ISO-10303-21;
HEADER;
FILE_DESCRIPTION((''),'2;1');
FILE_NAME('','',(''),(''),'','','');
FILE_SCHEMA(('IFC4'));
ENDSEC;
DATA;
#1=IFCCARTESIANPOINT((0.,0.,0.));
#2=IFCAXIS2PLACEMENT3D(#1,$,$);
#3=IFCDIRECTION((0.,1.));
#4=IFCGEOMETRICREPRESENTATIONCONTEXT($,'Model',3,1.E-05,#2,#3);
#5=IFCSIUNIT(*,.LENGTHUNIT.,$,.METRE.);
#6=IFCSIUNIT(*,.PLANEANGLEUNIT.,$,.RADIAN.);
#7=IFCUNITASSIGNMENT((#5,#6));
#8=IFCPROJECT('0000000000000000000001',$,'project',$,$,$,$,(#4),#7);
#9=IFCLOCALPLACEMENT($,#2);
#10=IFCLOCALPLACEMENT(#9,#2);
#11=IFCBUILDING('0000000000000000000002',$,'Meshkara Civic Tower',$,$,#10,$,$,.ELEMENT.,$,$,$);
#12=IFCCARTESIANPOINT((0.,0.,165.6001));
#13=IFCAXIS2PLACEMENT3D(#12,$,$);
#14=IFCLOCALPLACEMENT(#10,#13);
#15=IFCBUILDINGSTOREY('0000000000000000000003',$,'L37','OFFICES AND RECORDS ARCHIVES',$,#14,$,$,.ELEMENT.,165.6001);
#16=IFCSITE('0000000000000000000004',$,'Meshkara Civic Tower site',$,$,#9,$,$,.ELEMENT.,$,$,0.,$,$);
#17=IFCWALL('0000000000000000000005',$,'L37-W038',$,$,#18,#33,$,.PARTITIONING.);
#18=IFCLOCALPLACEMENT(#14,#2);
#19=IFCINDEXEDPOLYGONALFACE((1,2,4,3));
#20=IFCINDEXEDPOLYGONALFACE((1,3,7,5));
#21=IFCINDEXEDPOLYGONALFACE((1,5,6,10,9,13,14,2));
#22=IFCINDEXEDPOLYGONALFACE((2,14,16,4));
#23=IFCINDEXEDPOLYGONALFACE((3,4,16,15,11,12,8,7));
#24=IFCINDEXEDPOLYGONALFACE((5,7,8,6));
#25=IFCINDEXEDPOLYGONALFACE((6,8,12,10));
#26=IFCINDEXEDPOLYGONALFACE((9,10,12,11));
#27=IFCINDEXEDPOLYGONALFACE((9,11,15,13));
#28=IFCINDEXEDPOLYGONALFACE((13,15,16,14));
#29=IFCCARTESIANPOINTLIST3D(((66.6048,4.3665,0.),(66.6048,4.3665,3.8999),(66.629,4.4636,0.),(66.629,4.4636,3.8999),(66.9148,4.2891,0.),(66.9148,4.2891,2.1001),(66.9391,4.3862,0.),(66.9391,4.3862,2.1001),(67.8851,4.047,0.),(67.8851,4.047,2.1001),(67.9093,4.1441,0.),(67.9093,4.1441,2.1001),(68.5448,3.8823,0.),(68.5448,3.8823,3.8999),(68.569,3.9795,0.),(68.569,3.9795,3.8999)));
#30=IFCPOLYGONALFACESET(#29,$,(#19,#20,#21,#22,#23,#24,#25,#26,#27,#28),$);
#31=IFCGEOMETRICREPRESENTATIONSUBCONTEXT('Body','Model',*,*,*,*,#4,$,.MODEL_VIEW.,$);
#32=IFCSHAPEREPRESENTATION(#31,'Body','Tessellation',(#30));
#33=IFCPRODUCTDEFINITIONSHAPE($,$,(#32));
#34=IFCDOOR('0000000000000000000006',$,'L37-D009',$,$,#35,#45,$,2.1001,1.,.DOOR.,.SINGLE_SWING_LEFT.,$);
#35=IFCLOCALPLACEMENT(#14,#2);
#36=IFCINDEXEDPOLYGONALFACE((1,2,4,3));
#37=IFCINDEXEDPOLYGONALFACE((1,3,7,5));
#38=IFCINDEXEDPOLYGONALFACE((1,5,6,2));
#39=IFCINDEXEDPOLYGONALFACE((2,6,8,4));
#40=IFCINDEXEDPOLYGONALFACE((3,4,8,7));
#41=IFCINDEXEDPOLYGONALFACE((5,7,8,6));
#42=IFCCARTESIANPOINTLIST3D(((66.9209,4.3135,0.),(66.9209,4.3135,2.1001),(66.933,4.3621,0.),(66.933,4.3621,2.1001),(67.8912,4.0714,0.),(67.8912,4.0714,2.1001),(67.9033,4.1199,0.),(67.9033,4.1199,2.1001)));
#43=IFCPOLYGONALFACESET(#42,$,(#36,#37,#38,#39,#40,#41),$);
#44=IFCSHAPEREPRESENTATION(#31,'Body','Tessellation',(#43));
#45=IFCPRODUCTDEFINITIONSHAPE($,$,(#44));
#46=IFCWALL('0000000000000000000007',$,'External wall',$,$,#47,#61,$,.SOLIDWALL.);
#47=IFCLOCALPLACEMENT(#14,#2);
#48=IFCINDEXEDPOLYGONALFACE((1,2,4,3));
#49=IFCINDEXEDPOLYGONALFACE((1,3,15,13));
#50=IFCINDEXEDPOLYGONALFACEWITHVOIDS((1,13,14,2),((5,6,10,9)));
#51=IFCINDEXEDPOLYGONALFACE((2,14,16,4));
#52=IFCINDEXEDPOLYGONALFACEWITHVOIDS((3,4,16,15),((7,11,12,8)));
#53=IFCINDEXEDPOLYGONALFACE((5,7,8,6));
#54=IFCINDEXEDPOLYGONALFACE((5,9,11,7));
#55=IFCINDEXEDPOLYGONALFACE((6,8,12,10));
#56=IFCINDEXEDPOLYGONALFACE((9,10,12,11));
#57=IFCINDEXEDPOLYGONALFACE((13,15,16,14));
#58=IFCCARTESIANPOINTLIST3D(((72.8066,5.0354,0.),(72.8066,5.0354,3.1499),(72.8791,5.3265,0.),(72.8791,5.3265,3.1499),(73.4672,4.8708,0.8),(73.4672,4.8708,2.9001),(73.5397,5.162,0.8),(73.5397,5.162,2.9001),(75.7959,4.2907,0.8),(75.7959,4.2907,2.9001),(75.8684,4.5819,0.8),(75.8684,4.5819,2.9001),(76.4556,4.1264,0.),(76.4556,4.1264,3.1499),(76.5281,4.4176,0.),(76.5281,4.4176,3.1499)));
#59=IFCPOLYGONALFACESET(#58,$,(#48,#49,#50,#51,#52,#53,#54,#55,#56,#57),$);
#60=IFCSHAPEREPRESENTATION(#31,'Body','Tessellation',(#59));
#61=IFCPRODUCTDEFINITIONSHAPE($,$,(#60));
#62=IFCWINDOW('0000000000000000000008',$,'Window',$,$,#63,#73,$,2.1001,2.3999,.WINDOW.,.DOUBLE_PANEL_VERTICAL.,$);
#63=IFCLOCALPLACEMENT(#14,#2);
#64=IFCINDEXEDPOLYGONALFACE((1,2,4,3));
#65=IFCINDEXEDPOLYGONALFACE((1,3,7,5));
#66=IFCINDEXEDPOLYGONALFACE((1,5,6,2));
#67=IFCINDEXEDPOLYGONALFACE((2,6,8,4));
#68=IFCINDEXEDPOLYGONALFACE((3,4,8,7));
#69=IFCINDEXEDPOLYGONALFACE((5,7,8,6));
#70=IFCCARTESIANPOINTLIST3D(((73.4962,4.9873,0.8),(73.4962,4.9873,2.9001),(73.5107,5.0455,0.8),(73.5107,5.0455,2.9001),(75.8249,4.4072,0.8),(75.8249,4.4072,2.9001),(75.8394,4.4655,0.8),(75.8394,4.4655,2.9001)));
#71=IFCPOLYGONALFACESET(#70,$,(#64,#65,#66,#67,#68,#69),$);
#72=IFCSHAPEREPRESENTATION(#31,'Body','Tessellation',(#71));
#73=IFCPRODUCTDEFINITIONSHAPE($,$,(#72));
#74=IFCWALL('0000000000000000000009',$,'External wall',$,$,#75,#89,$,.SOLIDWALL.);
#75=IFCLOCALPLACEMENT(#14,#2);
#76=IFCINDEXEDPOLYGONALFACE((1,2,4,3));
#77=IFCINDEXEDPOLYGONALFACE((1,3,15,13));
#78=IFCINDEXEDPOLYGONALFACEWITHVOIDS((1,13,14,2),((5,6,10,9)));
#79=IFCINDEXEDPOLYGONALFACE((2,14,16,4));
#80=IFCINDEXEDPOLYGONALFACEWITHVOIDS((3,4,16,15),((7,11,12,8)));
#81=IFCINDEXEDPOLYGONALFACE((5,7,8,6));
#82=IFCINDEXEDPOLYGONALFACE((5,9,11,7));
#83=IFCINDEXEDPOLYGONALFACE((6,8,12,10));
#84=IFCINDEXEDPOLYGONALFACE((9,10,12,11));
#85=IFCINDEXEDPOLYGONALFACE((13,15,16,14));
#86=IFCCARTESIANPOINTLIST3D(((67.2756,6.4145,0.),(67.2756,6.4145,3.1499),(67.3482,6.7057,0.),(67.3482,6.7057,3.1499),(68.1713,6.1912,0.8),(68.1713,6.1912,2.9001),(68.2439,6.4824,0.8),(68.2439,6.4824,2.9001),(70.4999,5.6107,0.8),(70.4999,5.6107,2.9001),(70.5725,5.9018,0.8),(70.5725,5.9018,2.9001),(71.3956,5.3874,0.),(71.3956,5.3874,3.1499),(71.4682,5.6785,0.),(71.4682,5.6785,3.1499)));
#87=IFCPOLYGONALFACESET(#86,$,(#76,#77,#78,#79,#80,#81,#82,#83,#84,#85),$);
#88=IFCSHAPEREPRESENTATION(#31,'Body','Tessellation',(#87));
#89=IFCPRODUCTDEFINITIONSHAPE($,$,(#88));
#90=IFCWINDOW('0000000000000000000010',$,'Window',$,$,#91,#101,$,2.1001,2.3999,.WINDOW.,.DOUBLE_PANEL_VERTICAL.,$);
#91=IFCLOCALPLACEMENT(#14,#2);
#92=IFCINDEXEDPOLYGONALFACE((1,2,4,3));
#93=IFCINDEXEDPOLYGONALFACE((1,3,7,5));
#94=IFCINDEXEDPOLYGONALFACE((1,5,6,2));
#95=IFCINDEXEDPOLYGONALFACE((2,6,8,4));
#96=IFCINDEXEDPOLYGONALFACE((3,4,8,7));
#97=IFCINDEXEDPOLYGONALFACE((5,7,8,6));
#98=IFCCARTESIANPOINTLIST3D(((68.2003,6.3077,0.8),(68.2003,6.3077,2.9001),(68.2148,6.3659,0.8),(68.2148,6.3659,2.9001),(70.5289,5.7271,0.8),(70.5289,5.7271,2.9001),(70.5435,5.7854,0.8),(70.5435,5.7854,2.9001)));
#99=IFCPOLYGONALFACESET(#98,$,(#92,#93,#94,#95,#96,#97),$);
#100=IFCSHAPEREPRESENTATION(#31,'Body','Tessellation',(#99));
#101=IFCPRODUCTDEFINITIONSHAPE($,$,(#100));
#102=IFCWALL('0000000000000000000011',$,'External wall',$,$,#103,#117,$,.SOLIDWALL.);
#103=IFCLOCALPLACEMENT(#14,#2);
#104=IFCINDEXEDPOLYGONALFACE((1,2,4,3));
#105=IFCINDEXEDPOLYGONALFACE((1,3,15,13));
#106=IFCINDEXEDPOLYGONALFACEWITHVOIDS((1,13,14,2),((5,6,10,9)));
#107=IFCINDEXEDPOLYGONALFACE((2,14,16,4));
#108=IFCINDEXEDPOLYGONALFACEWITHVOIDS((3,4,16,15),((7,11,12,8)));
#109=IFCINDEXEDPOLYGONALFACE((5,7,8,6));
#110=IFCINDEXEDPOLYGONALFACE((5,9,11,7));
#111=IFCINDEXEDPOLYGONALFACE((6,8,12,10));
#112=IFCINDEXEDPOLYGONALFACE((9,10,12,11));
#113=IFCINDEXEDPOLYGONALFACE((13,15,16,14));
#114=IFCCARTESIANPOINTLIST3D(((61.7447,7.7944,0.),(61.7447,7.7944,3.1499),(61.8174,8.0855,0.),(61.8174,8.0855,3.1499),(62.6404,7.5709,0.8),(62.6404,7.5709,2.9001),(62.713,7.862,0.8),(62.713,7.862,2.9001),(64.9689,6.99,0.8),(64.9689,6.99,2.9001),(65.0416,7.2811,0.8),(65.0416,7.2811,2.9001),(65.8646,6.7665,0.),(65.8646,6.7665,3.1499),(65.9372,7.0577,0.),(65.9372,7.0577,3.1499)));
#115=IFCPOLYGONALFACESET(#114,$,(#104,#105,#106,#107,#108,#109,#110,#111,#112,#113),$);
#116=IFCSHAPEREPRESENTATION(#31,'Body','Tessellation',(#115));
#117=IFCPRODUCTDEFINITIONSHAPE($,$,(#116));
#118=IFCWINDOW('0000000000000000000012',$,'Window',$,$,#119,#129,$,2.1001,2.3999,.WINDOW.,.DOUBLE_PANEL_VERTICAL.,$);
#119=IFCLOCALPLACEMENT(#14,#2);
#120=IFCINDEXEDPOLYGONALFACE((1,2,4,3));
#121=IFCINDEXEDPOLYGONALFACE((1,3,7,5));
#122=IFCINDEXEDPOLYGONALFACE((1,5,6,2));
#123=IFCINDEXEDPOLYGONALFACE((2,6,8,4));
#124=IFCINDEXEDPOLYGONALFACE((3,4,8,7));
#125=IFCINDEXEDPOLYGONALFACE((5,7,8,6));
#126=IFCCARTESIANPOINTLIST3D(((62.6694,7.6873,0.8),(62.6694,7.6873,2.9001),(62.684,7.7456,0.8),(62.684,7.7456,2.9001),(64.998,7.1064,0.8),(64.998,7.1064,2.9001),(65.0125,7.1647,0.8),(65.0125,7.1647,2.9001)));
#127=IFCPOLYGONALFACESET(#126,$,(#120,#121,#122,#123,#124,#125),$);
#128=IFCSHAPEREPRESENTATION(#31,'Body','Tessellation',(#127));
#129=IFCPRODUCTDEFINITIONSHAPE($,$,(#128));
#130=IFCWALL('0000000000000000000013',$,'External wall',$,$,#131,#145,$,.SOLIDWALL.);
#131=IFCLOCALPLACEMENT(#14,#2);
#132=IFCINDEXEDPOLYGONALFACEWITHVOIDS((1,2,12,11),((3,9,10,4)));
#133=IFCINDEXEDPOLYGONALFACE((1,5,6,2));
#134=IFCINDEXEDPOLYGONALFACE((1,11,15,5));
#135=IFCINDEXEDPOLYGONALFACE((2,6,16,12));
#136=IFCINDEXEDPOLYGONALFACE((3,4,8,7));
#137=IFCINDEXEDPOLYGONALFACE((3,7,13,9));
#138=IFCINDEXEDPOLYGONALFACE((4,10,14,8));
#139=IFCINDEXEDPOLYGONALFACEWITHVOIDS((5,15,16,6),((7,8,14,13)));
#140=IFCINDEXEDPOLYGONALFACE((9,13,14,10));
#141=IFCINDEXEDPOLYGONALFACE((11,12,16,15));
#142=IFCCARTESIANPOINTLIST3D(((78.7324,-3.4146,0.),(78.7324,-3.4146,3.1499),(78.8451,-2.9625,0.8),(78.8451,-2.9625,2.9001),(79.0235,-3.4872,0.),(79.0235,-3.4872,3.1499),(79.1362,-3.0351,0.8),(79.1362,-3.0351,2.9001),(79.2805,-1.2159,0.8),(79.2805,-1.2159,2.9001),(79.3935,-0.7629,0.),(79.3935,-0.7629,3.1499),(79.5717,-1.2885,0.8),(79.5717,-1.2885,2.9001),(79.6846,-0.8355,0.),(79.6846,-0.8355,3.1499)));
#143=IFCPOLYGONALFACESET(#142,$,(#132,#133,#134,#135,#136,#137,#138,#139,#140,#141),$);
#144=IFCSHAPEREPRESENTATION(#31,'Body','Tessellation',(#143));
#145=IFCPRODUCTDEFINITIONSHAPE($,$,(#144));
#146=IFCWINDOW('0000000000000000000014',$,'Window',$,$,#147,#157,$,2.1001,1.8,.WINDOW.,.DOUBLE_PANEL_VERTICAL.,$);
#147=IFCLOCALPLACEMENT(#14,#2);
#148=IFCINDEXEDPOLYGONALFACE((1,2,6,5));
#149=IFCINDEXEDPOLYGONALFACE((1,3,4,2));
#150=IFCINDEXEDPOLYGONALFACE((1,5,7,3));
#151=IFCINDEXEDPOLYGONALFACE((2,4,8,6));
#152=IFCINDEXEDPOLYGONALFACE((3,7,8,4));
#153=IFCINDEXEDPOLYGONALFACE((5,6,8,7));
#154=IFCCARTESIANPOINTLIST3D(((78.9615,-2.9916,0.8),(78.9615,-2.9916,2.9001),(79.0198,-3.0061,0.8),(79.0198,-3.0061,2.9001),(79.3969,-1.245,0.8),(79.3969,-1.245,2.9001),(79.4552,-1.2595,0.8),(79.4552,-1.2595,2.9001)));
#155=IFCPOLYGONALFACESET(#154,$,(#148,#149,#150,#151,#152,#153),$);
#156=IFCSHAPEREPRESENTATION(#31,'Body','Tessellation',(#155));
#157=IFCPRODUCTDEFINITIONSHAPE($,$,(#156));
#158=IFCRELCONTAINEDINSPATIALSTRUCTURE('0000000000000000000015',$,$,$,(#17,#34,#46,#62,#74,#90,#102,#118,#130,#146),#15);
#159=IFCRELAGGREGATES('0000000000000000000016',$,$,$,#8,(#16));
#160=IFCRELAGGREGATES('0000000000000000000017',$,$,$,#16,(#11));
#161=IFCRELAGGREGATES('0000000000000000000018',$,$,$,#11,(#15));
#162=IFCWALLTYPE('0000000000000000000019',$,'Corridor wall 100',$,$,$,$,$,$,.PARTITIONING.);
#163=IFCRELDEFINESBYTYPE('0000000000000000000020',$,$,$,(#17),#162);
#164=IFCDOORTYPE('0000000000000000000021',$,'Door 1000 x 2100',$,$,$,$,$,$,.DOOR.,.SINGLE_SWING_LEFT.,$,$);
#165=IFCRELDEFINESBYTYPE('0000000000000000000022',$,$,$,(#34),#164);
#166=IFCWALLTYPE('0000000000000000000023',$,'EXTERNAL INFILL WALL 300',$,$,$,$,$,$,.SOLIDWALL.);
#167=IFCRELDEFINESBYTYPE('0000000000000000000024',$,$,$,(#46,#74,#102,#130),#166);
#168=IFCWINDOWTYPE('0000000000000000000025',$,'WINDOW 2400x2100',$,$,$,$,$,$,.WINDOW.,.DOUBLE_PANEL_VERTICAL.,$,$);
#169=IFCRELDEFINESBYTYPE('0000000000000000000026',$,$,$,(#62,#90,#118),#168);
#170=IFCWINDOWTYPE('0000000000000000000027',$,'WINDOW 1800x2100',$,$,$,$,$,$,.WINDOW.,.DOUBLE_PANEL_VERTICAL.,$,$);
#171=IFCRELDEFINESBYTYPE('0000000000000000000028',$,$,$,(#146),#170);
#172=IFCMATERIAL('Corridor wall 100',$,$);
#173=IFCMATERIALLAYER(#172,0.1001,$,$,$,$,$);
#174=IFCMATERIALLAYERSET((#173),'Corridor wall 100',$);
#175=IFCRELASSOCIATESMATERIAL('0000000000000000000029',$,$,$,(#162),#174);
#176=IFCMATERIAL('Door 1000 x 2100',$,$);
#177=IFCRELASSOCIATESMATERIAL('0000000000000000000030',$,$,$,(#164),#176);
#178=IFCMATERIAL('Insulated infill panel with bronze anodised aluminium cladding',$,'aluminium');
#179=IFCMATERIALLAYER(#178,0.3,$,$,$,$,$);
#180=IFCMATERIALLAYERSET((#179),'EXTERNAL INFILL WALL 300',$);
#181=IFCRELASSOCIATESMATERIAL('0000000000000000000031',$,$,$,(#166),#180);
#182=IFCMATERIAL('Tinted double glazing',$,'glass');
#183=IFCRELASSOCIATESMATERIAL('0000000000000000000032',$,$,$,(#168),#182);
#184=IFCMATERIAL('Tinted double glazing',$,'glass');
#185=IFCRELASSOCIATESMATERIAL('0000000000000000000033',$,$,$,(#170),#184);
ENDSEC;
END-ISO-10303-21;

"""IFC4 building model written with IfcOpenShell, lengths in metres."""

from ifc_helpers import new_model, si_unit, direction, frame, frame_2d, origin, place, context, subcontext, project, spatial, rectangle, extrude, material, layer, layer_set, type_object, element, fill, save


model = new_model("IFC4")

# Units and contexts
model_context = context("Model", 3, precision=1e-05, world=origin(), true_north=direction((0.0, 1.0)))
body_context = subcontext(model_context, "Body", "Model", "MODEL_VIEW")
ifc_project = project(units=[si_unit("LENGTHUNIT", "METRE"), si_unit("PLANEANGLEUNIT", "RADIAN")], contexts=[model_context])

# Site, building, storey
site_placement = place(None, origin())
site = spatial("IfcSite", under=ifc_project, at=site_placement, Name="Meshkara Civic Tower site", CompositionType="ELEMENT", RefElevation=0.0)
building_placement = place(site_placement, origin())
building = spatial("IfcBuilding", under=site, at=building_placement, Name="Meshkara Civic Tower", CompositionType="ELEMENT")
storey_placement = place(building_placement, frame((0.0, 0.0, 165.6001)))
storey = spatial("IfcBuildingStorey", under=building, at=storey_placement, Name="L37", Description="OFFICES AND RECORDS ARCHIVES", CompositionType="ELEMENT", Elevation=165.6001)

# Shared definitions
ifc_material_1 = material(Name="Corridor wall 100")
ifc_layer_1 = layer(ifc_material_1, 0.1001)
ifc_layer_set_1 = layer_set([ifc_layer_1], Name="Corridor wall 100")
wall_type_1 = type_object("IfcWallType", Name="Corridor wall 100", PredefinedType="PARTITIONING", material=ifc_layer_set_1)

# Shared definitions
ifc_material_2 = material(Name="Door 1000 x 2100")
door_type = type_object("IfcDoorType", Name="Door 1000 x 2100", OperationType="SINGLE_SWING_LEFT", PredefinedType="DOOR", material=ifc_material_2)

# Wall, opening, door
wall_1_placement = place(storey_placement, frame((68.5569, 3.9309, 0.0), z_axis=(0.0, 0.0, 1.0), x_axis=(-0.970243, 0.242133, 0.0)))
wall_1 = element("IfcWall", 1, at=wall_1_placement, inside=storey, type_object=wall_type_1, Name="L37-W038", PredefinedType="PARTITIONING", context=body_context, shape_type="SweptSolid", body=[
    extrude(rectangle(XDim=1.9995, YDim=0.1001, at=frame_2d((0.9998, 0.0))), origin(), (0.0, 0.0, 1.0), 3.8999),
])
opening_1_placement = place(wall_1_placement, frame((0.6799, 0.0, 0.0)))
opening_1 = element("IfcOpeningElement", 2, at=opening_1_placement, cuts=wall_1, PredefinedType="OPENING", context=body_context, shape_type="SweptSolid", body=[
    extrude(rectangle(XDim=1.0, YDim=2.1001, at=frame_2d((0.5, 1.05))), frame((0.0, 0.0601, 0.0), z_axis=(0.0, -1.0, 0.0), x_axis=(1.0, 0.0, 0.0)), (0.0, 0.0, 1.0), 0.1201),
])
door_1_placement = place(opening_1_placement, origin())
door_1 = element("IfcDoor", 3, at=door_1_placement, inside=storey, type_object=door_type, Name="L37-D009", OperationType="SINGLE_SWING_LEFT", OverallHeight=2.1001, OverallWidth=1.0, PredefinedType="DOOR", context=body_context, shape_type="SweptSolid", body=[
    extrude(rectangle(XDim=1.0, YDim=2.1001, at=frame_2d((0.5, 1.05))), frame((0.0, 0.0249, 0.0), z_axis=(0.0, -1.0, 0.0), x_axis=(1.0, 0.0, 0.0)), (0.0, 0.0, 1.0), 0.05),
])
fill(opening_1, door_1)

# Walls, openings, windows
ifc_material_3 = material(Name="Insulated infill panel with bronze anodised aluminium cladding", Category="aluminium")
ifc_layer_2 = layer(ifc_material_3, 0.3)
ifc_layer_set_2 = layer_set([ifc_layer_2], Name="EXTERNAL INFILL WALL 300")
wall_type_2 = type_object("IfcWallType", Name="EXTERNAL INFILL WALL 300", PredefinedType="SOLIDWALL", material=ifc_layer_set_2)
wall_2_placement = place(storey_placement, frame((76.4919, 4.272, 0.0), z_axis=(0.0, 0.0, 1.0), x_axis=(-0.970348, 0.241711, 0.0)))
wall_2 = element("IfcWall", 4, at=wall_2_placement, inside=storey, type_object=wall_type_2, Name="External wall", PredefinedType="SOLIDWALL", context=body_context, shape_type="SweptSolid", body=[
    extrude(rectangle(XDim=3.7605, YDim=0.3, at=frame_2d((1.8804, 0.0))), origin(), (0.0, 0.0, 1.0), 3.1499),
])
opening_2_placement = place(wall_2_placement, frame((0.6799, 0.0, 0.8)))
opening_2 = element("IfcOpeningElement", 5, at=opening_2_placement, cuts=wall_2, PredefinedType="OPENING", context=body_context, shape_type="SweptSolid", body=[
    extrude(rectangle(XDim=2.3999, YDim=2.1001, at=frame_2d((1.2, 1.05))), frame((0.0, 0.1599, 0.0), z_axis=(0.0, -1.0, 0.0), x_axis=(1.0, 0.0, 0.0)), (0.0, 0.0, 1.0), 0.3201),
])
ifc_material_4 = material(Name="Tinted double glazing", Category="glass")
window_type_1 = type_object("IfcWindowType", Name="WINDOW 2400x2100", PartitioningType="DOUBLE_PANEL_VERTICAL", PredefinedType="WINDOW", material=ifc_material_4)
window_1_placement = place(opening_2_placement, origin())
window_1 = element("IfcWindow", 6, at=window_1_placement, inside=storey, type_object=window_type_1, Name="Window", OverallHeight=2.1001, OverallWidth=2.3999, PartitioningType="DOUBLE_PANEL_VERTICAL", PredefinedType="WINDOW", context=body_context, shape_type="SweptSolid", body=[
    extrude(rectangle(XDim=2.3999, YDim=2.1001, at=frame_2d((1.2, 1.05))), frame((0.0, 0.03, 0.0), z_axis=(0.0, -1.0, 0.0), x_axis=(1.0, 0.0, 0.0)), (0.0, 0.0, 1.0), 0.0601),
])
fill(opening_2, window_1)
wall_3_placement = place(storey_placement, frame((71.4319, 5.533, 0.0), z_axis=(0.0, 0.0, 1.0), x_axis=(-0.970301, 0.2419, 0.0)))
wall_3 = element("IfcWall", 7, at=wall_3_placement, inside=storey, type_object=wall_type_2, Name="External wall", PredefinedType="SOLIDWALL", context=body_context, shape_type="SweptSolid", body=[
    extrude(rectangle(XDim=4.2461, YDim=0.3, at=frame_2d((2.123, 0.0))), origin(), (0.0, 0.0, 1.0), 3.1499),
])
opening_3_placement = place(wall_3_placement, frame((0.9231, 0.0, 0.8)))
opening_3 = element("IfcOpeningElement", 8, at=opening_3_placement, cuts=wall_3, PredefinedType="OPENING", context=body_context, shape_type="SweptSolid", body=[
    extrude(rectangle(XDim=2.3999, YDim=2.1001, at=frame_2d((1.2, 1.05))), frame((0.0, 0.1599, 0.0), z_axis=(0.0, -1.0, 0.0), x_axis=(1.0, 0.0, 0.0)), (0.0, 0.0, 1.0), 0.3201),
])
window_2_placement = place(opening_3_placement, origin())
window_2 = element("IfcWindow", 9, at=window_2_placement, inside=storey, type_object=window_type_1, Name="Window", OverallHeight=2.1001, OverallWidth=2.3999, PartitioningType="DOUBLE_PANEL_VERTICAL", PredefinedType="WINDOW", context=body_context, shape_type="SweptSolid", body=[
    extrude(rectangle(XDim=2.3999, YDim=2.1001, at=frame_2d((1.2, 1.05))), frame((0.0, 0.03, 0.0), z_axis=(0.0, -1.0, 0.0), x_axis=(1.0, 0.0, 0.0)), (0.0, 0.0, 1.0), 0.0601),
])
fill(opening_3, window_2)
wall_4_placement = place(storey_placement, frame((65.9009, 6.9121, 0.0), z_axis=(0.0, 0.0, 1.0), x_axis=(-0.970261, 0.242062, 0.0)))
wall_4 = element("IfcWall", 10, at=wall_4_placement, inside=storey, type_object=wall_type_2, Name="External wall", PredefinedType="SOLIDWALL", context=body_context, shape_type="SweptSolid", body=[
    extrude(rectangle(XDim=4.2461, YDim=0.3, at=frame_2d((2.123, 0.0))), origin(), (0.0, 0.0, 1.0), 3.1499),
])
opening_4_placement = place(wall_4_placement, frame((0.9231, 0.0, 0.8)))
opening_4 = element("IfcOpeningElement", 11, at=opening_4_placement, cuts=wall_4, PredefinedType="OPENING", context=body_context, shape_type="SweptSolid", body=[
    extrude(rectangle(XDim=2.3999, YDim=2.1001, at=frame_2d((1.2, 1.05))), frame((0.0, 0.1599, 0.0), z_axis=(0.0, -1.0, 0.0), x_axis=(1.0, 0.0, 0.0)), (0.0, 0.0, 1.0), 0.3201),
])
window_3_placement = place(opening_4_placement, origin())
window_3 = element("IfcWindow", 12, at=window_3_placement, inside=storey, type_object=window_type_1, Name="Window", OverallHeight=2.1001, OverallWidth=2.3999, PartitioningType="DOUBLE_PANEL_VERTICAL", PredefinedType="WINDOW", context=body_context, shape_type="SweptSolid", body=[
    extrude(rectangle(XDim=2.3999, YDim=2.1001, at=frame_2d((1.2, 1.05))), frame((0.0, 0.03, 0.0), z_axis=(0.0, -1.0, 0.0), x_axis=(1.0, 0.0, 0.0)), (0.0, 0.0, 1.0), 0.0601),
])
fill(opening_4, window_3)
wall_5_placement = place(storey_placement, frame((78.8779, -3.4509, 0.0), z_axis=(0.0, 0.0, 1.0), x_axis=(0.241905, 0.9703, 0.0)))
wall_5 = element("IfcWall", 13, at=wall_5_placement, inside=storey, type_object=wall_type_2, Name="External wall", PredefinedType="SOLIDWALL", context=body_context, shape_type="SweptSolid", body=[
    extrude(rectangle(XDim=2.7329, YDim=0.3, at=frame_2d((1.3665, 0.0))), origin(), (0.0, 0.0, 1.0), 3.1499),
])
opening_5_placement = place(wall_5_placement, frame((0.4661, 0.0, 0.8)))
opening_5 = element("IfcOpeningElement", 14, at=opening_5_placement, cuts=wall_5, PredefinedType="OPENING", context=body_context, shape_type="SweptSolid", body=[
    extrude(rectangle(XDim=1.8, YDim=2.1001, at=frame_2d((0.8999, 1.05))), frame((0.0, 0.1599, 0.0), z_axis=(0.0, -1.0, 0.0), x_axis=(1.0, 0.0, 0.0)), (0.0, 0.0, 1.0), 0.3201),
])
ifc_material_5 = material(Name="Tinted double glazing", Category="glass")
window_type_2 = type_object("IfcWindowType", Name="WINDOW 1800x2100", PartitioningType="DOUBLE_PANEL_VERTICAL", PredefinedType="WINDOW", material=ifc_material_5)
window_4_placement = place(opening_5_placement, origin())
window_4 = element("IfcWindow", 15, at=window_4_placement, inside=storey, type_object=window_type_2, Name="Window", OverallHeight=2.1001, OverallWidth=1.8, PartitioningType="DOUBLE_PANEL_VERTICAL", PredefinedType="WINDOW", context=body_context, shape_type="SweptSolid", body=[
    extrude(rectangle(XDim=1.8, YDim=2.1001, at=frame_2d((0.8999, 1.05))), frame((0.0, 0.03, 0.0), z_axis=(0.0, -1.0, 0.0), x_axis=(1.0, 0.0, 0.0)), (0.0, 0.0, 1.0), 0.0601),
])
fill(opening_5, window_4)

save(model, "model.ifc")
